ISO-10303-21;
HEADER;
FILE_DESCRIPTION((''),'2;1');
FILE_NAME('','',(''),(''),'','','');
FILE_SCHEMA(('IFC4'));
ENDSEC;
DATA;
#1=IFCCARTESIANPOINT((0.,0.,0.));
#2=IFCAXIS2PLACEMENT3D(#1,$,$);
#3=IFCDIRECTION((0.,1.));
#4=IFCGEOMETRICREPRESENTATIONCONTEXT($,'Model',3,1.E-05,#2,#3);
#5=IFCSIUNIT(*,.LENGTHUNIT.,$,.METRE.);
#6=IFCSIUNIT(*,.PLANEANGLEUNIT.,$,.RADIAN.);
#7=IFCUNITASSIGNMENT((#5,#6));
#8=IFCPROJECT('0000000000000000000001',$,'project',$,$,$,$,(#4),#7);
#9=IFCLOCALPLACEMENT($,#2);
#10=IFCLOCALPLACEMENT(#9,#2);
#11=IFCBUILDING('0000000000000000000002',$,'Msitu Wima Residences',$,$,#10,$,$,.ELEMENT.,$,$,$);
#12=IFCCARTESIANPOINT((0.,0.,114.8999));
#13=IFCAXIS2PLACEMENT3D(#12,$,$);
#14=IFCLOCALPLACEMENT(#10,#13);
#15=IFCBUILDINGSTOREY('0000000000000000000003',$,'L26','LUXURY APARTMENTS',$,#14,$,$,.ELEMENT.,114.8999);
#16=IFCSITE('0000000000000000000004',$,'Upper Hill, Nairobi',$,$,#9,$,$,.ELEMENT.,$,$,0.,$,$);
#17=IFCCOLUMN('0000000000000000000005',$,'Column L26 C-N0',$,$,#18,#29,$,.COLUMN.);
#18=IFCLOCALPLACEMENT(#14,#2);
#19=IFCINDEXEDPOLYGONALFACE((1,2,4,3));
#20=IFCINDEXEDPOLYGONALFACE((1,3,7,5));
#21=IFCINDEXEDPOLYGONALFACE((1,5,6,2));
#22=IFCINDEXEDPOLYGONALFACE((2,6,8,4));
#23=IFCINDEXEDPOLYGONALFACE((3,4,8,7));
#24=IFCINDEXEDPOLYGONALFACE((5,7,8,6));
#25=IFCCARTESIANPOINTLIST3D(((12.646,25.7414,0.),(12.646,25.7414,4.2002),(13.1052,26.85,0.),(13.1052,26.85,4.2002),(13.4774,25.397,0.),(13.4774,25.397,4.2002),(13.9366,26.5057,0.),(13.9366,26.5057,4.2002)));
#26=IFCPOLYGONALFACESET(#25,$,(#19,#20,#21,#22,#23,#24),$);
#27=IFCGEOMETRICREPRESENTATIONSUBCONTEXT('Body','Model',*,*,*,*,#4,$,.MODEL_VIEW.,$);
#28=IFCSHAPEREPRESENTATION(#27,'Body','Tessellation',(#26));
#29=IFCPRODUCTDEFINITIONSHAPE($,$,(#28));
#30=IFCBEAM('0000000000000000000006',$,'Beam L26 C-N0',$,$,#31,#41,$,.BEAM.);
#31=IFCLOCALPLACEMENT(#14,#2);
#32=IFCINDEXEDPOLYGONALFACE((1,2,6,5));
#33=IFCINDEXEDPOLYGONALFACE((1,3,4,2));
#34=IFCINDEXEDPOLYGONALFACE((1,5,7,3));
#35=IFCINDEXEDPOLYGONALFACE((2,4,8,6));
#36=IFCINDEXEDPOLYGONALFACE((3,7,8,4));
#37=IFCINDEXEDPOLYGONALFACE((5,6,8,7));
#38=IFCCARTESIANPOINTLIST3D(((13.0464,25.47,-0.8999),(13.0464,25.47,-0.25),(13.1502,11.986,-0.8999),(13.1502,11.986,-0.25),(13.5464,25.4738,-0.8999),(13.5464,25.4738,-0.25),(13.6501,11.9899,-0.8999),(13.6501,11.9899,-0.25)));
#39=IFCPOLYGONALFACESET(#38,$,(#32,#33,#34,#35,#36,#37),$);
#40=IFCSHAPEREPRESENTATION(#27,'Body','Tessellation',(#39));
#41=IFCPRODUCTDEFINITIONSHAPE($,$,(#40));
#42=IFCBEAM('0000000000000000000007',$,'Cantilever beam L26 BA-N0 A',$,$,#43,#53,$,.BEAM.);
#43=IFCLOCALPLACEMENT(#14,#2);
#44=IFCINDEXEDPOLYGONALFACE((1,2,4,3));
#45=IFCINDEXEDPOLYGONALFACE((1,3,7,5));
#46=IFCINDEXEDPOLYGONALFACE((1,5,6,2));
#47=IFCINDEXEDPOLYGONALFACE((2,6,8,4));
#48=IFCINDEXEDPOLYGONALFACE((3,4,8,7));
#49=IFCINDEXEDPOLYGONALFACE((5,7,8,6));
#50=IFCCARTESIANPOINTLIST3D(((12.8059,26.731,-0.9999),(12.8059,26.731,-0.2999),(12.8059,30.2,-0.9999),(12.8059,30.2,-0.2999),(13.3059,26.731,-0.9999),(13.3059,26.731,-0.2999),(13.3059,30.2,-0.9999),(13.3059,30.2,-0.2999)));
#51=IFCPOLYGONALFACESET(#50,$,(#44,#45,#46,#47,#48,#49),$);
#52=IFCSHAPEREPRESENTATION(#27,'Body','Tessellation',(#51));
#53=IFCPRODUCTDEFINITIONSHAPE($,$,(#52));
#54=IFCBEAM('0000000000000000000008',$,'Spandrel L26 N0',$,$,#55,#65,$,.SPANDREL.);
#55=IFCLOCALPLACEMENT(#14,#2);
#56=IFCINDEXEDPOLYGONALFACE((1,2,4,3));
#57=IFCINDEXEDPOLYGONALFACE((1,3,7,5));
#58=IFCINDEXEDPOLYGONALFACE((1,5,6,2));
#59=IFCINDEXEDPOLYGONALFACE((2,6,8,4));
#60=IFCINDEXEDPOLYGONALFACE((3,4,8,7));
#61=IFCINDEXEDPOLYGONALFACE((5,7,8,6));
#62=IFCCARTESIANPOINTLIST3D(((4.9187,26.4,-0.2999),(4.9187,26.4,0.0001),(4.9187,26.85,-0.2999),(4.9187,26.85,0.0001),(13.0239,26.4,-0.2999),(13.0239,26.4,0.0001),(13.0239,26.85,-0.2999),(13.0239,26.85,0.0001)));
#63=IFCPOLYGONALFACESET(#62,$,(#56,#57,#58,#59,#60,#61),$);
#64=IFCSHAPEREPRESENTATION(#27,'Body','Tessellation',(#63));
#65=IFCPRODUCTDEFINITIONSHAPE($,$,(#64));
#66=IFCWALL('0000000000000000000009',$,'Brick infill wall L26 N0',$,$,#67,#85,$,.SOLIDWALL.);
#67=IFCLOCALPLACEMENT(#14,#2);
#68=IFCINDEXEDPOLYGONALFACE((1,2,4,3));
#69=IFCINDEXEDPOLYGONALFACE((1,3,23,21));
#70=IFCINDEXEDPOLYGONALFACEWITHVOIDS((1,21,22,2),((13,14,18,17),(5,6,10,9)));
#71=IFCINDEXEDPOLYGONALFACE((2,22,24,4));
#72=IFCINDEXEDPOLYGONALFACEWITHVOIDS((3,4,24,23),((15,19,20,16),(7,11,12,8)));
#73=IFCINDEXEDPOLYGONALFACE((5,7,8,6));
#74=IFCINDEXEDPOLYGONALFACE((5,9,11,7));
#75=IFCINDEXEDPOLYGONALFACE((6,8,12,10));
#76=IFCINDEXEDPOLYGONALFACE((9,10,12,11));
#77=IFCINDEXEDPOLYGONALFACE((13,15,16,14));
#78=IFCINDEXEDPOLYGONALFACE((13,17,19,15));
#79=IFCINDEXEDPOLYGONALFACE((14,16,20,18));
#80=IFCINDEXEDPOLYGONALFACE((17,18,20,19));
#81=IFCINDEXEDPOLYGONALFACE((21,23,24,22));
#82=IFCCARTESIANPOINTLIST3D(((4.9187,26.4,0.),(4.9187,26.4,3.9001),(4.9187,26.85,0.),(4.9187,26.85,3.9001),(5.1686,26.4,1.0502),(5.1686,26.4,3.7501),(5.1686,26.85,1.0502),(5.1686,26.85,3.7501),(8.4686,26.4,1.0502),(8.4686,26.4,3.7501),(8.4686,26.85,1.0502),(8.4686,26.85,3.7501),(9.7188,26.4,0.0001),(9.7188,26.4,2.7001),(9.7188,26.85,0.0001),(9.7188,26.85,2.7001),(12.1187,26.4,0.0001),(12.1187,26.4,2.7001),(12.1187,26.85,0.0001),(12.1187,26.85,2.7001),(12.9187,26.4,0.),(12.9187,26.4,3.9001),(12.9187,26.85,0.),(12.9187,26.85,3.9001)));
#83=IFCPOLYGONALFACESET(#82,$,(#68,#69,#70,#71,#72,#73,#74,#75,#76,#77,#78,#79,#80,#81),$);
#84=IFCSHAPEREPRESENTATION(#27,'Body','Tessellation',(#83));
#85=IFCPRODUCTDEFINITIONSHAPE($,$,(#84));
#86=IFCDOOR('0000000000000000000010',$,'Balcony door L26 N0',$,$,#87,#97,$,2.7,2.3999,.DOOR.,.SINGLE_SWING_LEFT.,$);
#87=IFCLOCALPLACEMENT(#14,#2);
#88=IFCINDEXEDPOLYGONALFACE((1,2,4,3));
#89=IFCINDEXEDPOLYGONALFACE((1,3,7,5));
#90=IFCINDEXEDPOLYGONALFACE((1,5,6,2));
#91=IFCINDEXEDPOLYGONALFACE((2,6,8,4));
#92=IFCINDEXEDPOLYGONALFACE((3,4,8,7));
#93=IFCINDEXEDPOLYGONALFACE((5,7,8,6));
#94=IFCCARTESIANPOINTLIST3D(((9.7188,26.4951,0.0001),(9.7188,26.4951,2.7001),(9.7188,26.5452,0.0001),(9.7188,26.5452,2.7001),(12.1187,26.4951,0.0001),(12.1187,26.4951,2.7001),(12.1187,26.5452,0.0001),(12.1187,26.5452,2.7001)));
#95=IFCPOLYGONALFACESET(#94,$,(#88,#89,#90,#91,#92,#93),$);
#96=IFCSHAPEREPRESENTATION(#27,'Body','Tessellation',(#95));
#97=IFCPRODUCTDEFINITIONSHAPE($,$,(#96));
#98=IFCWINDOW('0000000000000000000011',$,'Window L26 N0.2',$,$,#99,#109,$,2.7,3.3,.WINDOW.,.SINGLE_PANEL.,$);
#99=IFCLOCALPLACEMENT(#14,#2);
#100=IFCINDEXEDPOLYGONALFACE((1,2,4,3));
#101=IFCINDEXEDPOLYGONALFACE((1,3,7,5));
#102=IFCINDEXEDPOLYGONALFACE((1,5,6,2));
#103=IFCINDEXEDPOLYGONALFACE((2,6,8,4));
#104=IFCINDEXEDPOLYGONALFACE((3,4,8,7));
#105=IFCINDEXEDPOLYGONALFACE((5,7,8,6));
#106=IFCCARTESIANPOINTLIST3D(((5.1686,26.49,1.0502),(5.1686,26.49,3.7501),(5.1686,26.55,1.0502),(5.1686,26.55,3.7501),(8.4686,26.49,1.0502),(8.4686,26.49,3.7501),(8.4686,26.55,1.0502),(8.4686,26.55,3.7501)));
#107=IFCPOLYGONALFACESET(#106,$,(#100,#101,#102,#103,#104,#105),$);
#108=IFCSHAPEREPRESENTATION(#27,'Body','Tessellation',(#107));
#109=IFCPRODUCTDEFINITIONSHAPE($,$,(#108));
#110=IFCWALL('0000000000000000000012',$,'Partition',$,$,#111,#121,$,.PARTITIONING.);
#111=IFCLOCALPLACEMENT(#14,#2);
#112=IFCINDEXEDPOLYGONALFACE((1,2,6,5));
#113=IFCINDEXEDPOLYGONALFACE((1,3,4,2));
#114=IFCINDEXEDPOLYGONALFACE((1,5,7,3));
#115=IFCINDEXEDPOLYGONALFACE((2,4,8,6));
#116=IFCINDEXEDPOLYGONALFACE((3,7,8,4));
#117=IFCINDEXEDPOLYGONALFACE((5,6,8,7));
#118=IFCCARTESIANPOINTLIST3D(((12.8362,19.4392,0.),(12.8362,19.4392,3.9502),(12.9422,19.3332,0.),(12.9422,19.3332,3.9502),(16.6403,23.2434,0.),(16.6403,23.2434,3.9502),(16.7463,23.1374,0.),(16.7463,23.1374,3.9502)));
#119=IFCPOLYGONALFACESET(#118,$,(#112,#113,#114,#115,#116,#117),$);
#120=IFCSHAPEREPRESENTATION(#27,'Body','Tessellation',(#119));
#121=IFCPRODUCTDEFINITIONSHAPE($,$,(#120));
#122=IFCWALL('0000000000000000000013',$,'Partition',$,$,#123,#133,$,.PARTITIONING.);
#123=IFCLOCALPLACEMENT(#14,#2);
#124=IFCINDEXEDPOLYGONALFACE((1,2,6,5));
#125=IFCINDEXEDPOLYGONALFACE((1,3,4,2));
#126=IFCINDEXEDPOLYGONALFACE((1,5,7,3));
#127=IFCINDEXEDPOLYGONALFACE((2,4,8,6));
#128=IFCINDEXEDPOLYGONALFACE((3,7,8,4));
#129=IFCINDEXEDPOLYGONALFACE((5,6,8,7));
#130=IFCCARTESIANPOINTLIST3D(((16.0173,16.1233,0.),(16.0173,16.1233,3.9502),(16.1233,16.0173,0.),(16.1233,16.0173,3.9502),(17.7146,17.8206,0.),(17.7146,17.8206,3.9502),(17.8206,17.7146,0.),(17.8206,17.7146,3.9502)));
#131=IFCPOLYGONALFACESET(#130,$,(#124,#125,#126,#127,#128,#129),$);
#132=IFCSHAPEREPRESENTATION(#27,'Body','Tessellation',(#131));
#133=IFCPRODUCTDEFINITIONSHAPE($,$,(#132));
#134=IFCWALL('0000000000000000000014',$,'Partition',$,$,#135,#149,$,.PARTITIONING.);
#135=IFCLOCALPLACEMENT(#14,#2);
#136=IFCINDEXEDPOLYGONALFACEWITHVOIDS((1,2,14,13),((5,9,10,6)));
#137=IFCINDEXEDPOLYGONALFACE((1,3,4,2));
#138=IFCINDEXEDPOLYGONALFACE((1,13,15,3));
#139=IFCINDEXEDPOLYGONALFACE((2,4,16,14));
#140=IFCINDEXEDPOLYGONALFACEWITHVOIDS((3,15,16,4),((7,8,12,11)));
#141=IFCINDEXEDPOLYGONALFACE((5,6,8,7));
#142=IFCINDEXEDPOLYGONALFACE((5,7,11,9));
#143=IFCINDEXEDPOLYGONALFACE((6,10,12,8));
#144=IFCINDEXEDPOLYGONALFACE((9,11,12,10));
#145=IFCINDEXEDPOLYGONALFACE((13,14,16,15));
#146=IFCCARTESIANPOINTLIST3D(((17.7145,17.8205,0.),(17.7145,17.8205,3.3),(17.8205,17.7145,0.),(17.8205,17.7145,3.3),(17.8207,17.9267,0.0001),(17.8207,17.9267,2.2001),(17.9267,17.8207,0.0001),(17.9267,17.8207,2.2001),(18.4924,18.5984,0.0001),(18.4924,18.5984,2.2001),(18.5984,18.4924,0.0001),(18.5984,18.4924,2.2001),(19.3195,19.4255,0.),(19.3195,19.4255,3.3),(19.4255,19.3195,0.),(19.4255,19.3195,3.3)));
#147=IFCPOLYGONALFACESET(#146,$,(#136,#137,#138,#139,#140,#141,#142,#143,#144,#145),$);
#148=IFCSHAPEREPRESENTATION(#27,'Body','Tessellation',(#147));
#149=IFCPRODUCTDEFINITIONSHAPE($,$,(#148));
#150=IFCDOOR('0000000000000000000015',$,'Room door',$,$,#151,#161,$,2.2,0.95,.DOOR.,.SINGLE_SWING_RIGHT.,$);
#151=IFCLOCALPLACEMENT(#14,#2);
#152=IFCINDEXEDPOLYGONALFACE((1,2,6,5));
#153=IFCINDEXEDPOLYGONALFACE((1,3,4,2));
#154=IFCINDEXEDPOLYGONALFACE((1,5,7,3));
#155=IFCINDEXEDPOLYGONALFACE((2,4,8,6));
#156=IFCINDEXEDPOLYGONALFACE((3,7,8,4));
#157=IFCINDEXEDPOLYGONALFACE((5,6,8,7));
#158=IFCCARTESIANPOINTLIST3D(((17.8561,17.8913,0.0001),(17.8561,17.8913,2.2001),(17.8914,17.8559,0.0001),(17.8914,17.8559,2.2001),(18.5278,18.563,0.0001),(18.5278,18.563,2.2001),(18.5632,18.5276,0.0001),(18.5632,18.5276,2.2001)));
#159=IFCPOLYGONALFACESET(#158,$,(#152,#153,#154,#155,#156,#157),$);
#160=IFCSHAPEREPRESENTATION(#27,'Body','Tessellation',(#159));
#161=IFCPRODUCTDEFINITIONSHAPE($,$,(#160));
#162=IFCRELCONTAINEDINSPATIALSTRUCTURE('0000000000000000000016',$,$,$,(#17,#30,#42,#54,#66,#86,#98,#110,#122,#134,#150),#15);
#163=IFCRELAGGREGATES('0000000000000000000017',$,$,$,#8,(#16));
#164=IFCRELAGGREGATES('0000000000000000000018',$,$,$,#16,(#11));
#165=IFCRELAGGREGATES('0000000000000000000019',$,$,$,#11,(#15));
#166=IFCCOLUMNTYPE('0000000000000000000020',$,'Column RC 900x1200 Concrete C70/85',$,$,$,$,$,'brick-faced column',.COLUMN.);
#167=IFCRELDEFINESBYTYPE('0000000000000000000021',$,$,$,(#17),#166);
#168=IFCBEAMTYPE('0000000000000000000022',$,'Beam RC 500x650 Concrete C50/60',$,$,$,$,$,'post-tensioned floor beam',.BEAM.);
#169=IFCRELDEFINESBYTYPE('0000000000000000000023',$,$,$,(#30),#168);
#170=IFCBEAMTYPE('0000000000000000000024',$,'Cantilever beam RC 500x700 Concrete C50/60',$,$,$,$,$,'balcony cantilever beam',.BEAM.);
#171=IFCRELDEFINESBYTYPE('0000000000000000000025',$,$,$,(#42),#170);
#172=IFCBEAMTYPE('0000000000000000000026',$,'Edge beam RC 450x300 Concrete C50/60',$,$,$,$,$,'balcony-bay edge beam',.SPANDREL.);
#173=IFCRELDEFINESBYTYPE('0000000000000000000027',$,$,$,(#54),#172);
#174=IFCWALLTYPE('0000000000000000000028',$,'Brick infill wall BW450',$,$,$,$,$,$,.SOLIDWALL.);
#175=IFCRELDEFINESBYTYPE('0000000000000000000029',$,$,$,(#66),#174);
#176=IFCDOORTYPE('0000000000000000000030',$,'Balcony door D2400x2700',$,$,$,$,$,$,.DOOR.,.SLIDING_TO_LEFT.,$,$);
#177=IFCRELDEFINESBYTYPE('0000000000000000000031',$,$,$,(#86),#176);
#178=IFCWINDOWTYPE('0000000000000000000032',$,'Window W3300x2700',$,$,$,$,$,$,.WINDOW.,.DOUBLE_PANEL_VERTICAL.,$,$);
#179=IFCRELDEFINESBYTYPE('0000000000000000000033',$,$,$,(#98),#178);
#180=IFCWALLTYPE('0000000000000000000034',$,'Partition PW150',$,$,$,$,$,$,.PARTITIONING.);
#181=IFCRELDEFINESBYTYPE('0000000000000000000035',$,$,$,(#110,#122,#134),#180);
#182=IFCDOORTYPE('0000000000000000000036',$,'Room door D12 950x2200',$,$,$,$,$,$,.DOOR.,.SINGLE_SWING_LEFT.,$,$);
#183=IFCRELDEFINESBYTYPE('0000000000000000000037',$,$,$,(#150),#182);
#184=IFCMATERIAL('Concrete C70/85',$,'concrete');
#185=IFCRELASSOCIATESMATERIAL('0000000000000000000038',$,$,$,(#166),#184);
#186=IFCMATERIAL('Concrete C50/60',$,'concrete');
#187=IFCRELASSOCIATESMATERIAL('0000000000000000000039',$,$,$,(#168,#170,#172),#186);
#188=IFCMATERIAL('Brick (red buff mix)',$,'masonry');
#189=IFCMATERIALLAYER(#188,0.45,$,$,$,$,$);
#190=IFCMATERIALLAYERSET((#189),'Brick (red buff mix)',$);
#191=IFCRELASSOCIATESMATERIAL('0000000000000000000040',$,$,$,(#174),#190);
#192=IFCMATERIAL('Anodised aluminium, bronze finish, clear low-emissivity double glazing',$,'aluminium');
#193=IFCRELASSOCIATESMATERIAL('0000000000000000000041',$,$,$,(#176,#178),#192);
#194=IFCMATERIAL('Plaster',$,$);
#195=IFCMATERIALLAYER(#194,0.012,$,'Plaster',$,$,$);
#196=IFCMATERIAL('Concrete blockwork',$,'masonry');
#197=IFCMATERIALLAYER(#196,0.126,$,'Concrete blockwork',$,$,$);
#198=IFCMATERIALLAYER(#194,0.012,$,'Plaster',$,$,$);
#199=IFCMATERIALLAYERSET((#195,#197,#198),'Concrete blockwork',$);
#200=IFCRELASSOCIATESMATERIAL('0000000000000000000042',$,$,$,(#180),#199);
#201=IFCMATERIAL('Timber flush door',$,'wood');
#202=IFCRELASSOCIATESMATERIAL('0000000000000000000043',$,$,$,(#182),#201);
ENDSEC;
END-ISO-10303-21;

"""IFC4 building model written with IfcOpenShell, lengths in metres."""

from ifc_helpers import new_model, si_unit, direction, frame, frame_2d, origin, origin_2d, place, context, subcontext, project, spatial, rectangle, extrude, material, layer, layer_set, material_profile, profile_set, type_object, element, fill, save


model = new_model("IFC4")

# Units and contexts
model_context = context("Model", 3, precision=1e-05, world=origin(), true_north=direction((0.0, 1.0)))
body_context = subcontext(model_context, "Body", "Model", "MODEL_VIEW")
ifc_project = project(units=[si_unit("LENGTHUNIT", "METRE"), si_unit("PLANEANGLEUNIT", "RADIAN")], contexts=[model_context])

# Site, building, storey
site_placement = place(None, origin())
site = spatial("IfcSite", under=ifc_project, at=site_placement, Name="Upper Hill, Nairobi", CompositionType="ELEMENT", RefElevation=0.0)
building_placement = place(site_placement, origin())
building = spatial("IfcBuilding", under=site, at=building_placement, Name="Msitu Wima Residences", CompositionType="ELEMENT")
storey_placement = place(building_placement, frame((0.0, 0.0, 114.8999)))
storey = spatial("IfcBuildingStorey", under=building, at=storey_placement, Name="L26", Description="LUXURY APARTMENTS", CompositionType="ELEMENT", Elevation=114.8999)

# Column
ifc_material_1 = material(Name="Concrete C70/85", Category="concrete")
ifc_material_profile_1 = material_profile(ifc_material_1, rectangle(XDim=0.8999, YDim=1.2, at=origin_2d()), Name="RC 900x1200")
ifc_profile_set_1 = profile_set([ifc_material_profile_1], Name="Concrete C70/85")
column_type = type_object("IfcColumnType", Name="Column RC 900x1200 Concrete C70/85", ElementType="brick-faced column", PredefinedType="COLUMN", material=ifc_profile_set_1)
column_placement = place(storey_placement, frame((13.2913, 26.1235, 0.0), z_axis=(0.0, 0.0, 1.0), x_axis=(-0.92388, 0.382683, 0.0)))
element("IfcColumn", 1, at=column_placement, inside=storey, type_object=column_type, Name="Column L26 C-N0", PredefinedType="COLUMN", context=body_context, shape_type="SweptSolid", body=[
    extrude(rectangle(XDim=0.8999, YDim=1.2, at=origin_2d()), origin(), (0.0, 0.0, 1.0), 4.2002),
])

# Beams
ifc_material_2 = material(Name="Concrete C50/60", Category="concrete")
ifc_material_profile_2 = material_profile(ifc_material_2, rectangle(XDim=0.5, YDim=0.6499, at=origin_2d()), Name="RC 500x650")
ifc_profile_set_2 = profile_set([ifc_material_profile_2], Name="Concrete C50/60")
beam_type_1 = type_object("IfcBeamType", Name="Beam RC 500x650 Concrete C50/60", ElementType="post-tensioned floor beam", PredefinedType="BEAM", material=ifc_profile_set_2)
beam_1_placement = place(storey_placement, frame((13.2964, 25.4719, -0.575), z_axis=(0.007695, -0.99997, 0.0), x_axis=(0.99997, 0.007695, 0.0)))
element("IfcBeam", 2, at=beam_1_placement, inside=storey, type_object=beam_type_1, Name="Beam L26 C-N0", PredefinedType="BEAM", context=body_context, shape_type="SweptSolid", body=[
    extrude(rectangle(XDim=0.5, YDim=0.6499, at=origin_2d()), origin(), (0.0, 0.0, 1.0), 13.4844),
])
ifc_material_profile_3 = material_profile(ifc_material_2, rectangle(XDim=0.5, YDim=0.7, at=origin_2d()), Name="RC 500x700")
ifc_profile_set_3 = profile_set([ifc_material_profile_3], Name="Concrete C50/60")
beam_type_2 = type_object("IfcBeamType", Name="Cantilever beam RC 500x700 Concrete C50/60", ElementType="balcony cantilever beam", PredefinedType="BEAM", material=ifc_profile_set_3)
beam_2_placement = place(storey_placement, frame((13.0559, 26.731, -0.6499), z_axis=(0.0, 1.0, 0.0), x_axis=(-1.0, 0.0, 0.0)))
element("IfcBeam", 3, at=beam_2_placement, inside=storey, type_object=beam_type_2, Name="Cantilever beam L26 BA-N0 A", PredefinedType="BEAM", context=body_context, shape_type="SweptSolid", body=[
    extrude(rectangle(XDim=0.5, YDim=0.7, at=origin_2d()), origin(), (0.0, 0.0, 1.0), 3.469),
])
ifc_material_profile_4 = material_profile(ifc_material_2, rectangle(XDim=0.45, YDim=0.3, at=origin_2d()), Name="RC 450x300")
ifc_profile_set_4 = profile_set([ifc_material_profile_4], Name="Concrete C50/60")
beam_type_3 = type_object("IfcBeamType", Name="Edge beam RC 450x300 Concrete C50/60", ElementType="balcony-bay edge beam", PredefinedType="SPANDREL", material=ifc_profile_set_4)
beam_3_placement = place(storey_placement, frame((13.0239, 26.625, -0.1499), z_axis=(-1.0, 0.0, 0.0), x_axis=(0.0, -1.0, 0.0)))
element("IfcBeam", 4, at=beam_3_placement, inside=storey, type_object=beam_type_3, Name="Spandrel L26 N0", PredefinedType="SPANDREL", context=body_context, shape_type="SweptSolid", body=[
    extrude(rectangle(XDim=0.45, YDim=0.3, at=origin_2d()), origin(), (0.0, 0.0, 1.0), 8.1052),
])

# Wall, openings, door, window
ifc_material_3 = material(Name="Brick (red buff mix)", Category="masonry")
ifc_layer_1 = layer(ifc_material_3, 0.45)
ifc_layer_set_1 = layer_set([ifc_layer_1], Name="Brick (red buff mix)")
wall_type_1 = type_object("IfcWallType", Name="Brick infill wall BW450", PredefinedType="SOLIDWALL", material=ifc_layer_set_1)
wall_1_placement = place(storey_placement, frame((12.9187, 26.625, 0.0), z_axis=(0.0, 0.0, 1.0), x_axis=(-1.0, 0.0, 0.0)))
wall_1 = element("IfcWall", 5, at=wall_1_placement, inside=storey, type_object=wall_type_1, Name="Brick infill wall L26 N0", PredefinedType="SOLIDWALL", context=body_context, shape_type="SweptSolid", body=[
    extrude(rectangle(XDim=8.0, YDim=0.45, at=frame_2d((4.0, 0.0))), origin(), (0.0, 0.0, 1.0), 3.9001),
])
opening_1_placement = place(wall_1_placement, frame((0.8, 0.0, 0.0)))
opening_1 = element("IfcOpeningElement", 6, at=opening_1_placement, cuts=wall_1, PredefinedType="OPENING", context=body_context, shape_type="SweptSolid", body=[
    extrude(rectangle(XDim=2.3999, YDim=2.7, at=frame_2d((1.2, 1.3501))), frame((0.0, 0.2349, 0.0), z_axis=(0.0, -1.0, 0.0), x_axis=(1.0, 0.0, 0.0)), (0.0, 0.0, 1.0), 0.47),
])
opening_2_placement = place(wall_1_placement, frame((4.4502, 0.0, 1.05)))
opening_2 = element("IfcOpeningElement", 7, at=opening_2_placement, cuts=wall_1, PredefinedType="OPENING", context=body_context, shape_type="SweptSolid", body=[
    extrude(rectangle(XDim=3.3, YDim=2.7, at=frame_2d((1.6499, 1.3501))), frame((0.0, 0.2349, 0.0), z_axis=(0.0, -1.0, 0.0), x_axis=(1.0, 0.0, 0.0)), (0.0, 0.0, 1.0), 0.47),
])
ifc_material_4 = material(Name="Anodised aluminium, bronze finish, clear low-emissivity double glazing", Category="aluminium")
door_type_1 = type_object("IfcDoorType", Name="Balcony door D2400x2700", OperationType="SLIDING_TO_LEFT", PredefinedType="DOOR", material=ifc_material_4)
door_1_placement = place(opening_1_placement, origin())
door_1 = element("IfcDoor", 8, at=door_1_placement, inside=storey, type_object=door_type_1, Name="Balcony door L26 N0", OperationType="SINGLE_SWING_LEFT", OverallHeight=2.7, OverallWidth=2.3999, PredefinedType="DOOR", context=body_context, shape_type="SweptSolid", body=[
    extrude(rectangle(XDim=2.3999, YDim=2.7, at=frame_2d((1.2, 1.3501))), frame((0.0, 0.1299, 0.0), z_axis=(0.0, -1.0, 0.0), x_axis=(1.0, 0.0, 0.0)), (0.0, 0.0, 1.0), 0.05),
])
fill(opening_1, door_1)
window_type = type_object("IfcWindowType", Name="Window W3300x2700", PartitioningType="DOUBLE_PANEL_VERTICAL", PredefinedType="WINDOW", material=ifc_material_4)
window_placement = place(opening_2_placement, origin())
window = element("IfcWindow", 9, at=window_placement, inside=storey, type_object=window_type, Name="Window L26 N0.2", OverallHeight=2.7, OverallWidth=3.3, PartitioningType="SINGLE_PANEL", PredefinedType="WINDOW", context=body_context, shape_type="SweptSolid", body=[
    extrude(rectangle(XDim=3.3, YDim=2.7, at=frame_2d((1.6499, 1.3501))), frame((0.0, 0.135, 0.0), z_axis=(0.0, -1.0, 0.0), x_axis=(1.0, 0.0, 0.0)), (0.0, 0.0, 1.0), 0.0601),
])
fill(opening_2, window)

# Walls
ifc_material_5 = material(Name="Plaster")
ifc_layer_2 = layer(ifc_material_5, 0.012, Name="Plaster")
ifc_material_6 = material(Name="Concrete blockwork", Category="masonry")
ifc_layer_3 = layer(ifc_material_6, 0.126, Name="Concrete blockwork")
ifc_layer_4 = layer(ifc_material_5, 0.012, Name="Plaster")
ifc_layer_set_2 = layer_set([ifc_layer_2, ifc_layer_3, ifc_layer_4], Name="Concrete blockwork")
wall_type_2 = type_object("IfcWallType", Name="Partition PW150", PredefinedType="PARTITIONING", material=ifc_layer_set_2)
wall_2_placement = place(storey_placement, frame((12.8892, 19.3862, 0.0), z_axis=(0.0, 0.0, 1.0), x_axis=(0.707107, 0.707107, 0.0)))
element("IfcWall", 10, at=wall_2_placement, inside=storey, type_object=wall_type_2, Name="Partition", PredefinedType="PARTITIONING", context=body_context, shape_type="SweptSolid", body=[
    extrude(rectangle(XDim=5.3799, YDim=0.1499, at=frame_2d((2.6899, 0.0))), origin(), (0.0, 0.0, 1.0), 3.9502),
])
wall_3_placement = place(storey_placement, frame((16.0703, 16.0703, 0.0), z_axis=(0.0, 0.0, 1.0), x_axis=(0.707107, 0.707107, 0.0)))
element("IfcWall", 11, at=wall_3_placement, inside=storey, type_object=wall_type_2, Name="Partition", PredefinedType="PARTITIONING", context=body_context, shape_type="SweptSolid", body=[
    extrude(rectangle(XDim=2.4004, YDim=0.1499, at=frame_2d((1.2002, 0.0))), origin(), (0.0, 0.0, 1.0), 3.9502),
])

# Wall, opening, door
wall_4_placement = place(storey_placement, frame((17.7676, 17.7676, 0.0), z_axis=(0.0, 0.0, 1.0), x_axis=(0.707107, 0.707107, 0.0)))
wall_4 = element("IfcWall", 12, at=wall_4_placement, inside=storey, type_object=wall_type_2, Name="Partition", PredefinedType="PARTITIONING", context=body_context, shape_type="SweptSolid", body=[
    extrude(rectangle(XDim=2.2698, YDim=0.1499, at=frame_2d((1.1348, 0.0))), origin(), (0.0, 0.0, 1.0), 3.3),
])
opening_3_placement = place(wall_4_placement, frame((0.1499, 0.0, 0.0)))
opening_3 = element("IfcOpeningElement", 13, at=opening_3_placement, cuts=wall_4, PredefinedType="OPENING", context=body_context, shape_type="SweptSolid", body=[
    extrude(rectangle(XDim=0.95, YDim=2.2, at=frame_2d((0.4751, 1.1001))), frame((0.0, 0.085, 0.0), z_axis=(0.0, -1.0, 0.0), x_axis=(1.0, 0.0, 0.0)), (0.0, 0.0, 1.0), 0.1699),
])
ifc_material_7 = material(Name="Timber flush door", Category="wood")
door_type_2 = type_object("IfcDoorType", Name="Room door D12 950x2200", OperationType="SINGLE_SWING_LEFT", PredefinedType="DOOR", material=ifc_material_7)
door_2_placement = place(opening_3_placement, origin())
door_2 = element("IfcDoor", 14, at=door_2_placement, inside=storey, type_object=door_type_2, Name="Room door", OperationType="SINGLE_SWING_RIGHT", OverallHeight=2.2, OverallWidth=0.95, PredefinedType="DOOR", context=body_context, shape_type="SweptSolid", body=[
    extrude(rectangle(XDim=0.95, YDim=2.2, at=frame_2d((0.4751, 1.1001))), frame((0.0, 0.0249, 0.0), z_axis=(0.0, -1.0, 0.0), x_axis=(1.0, 0.0, 0.0)), (0.0, 0.0, 1.0), 0.05),
])
fill(opening_3, door_2)

save(model, "model.ifc")
